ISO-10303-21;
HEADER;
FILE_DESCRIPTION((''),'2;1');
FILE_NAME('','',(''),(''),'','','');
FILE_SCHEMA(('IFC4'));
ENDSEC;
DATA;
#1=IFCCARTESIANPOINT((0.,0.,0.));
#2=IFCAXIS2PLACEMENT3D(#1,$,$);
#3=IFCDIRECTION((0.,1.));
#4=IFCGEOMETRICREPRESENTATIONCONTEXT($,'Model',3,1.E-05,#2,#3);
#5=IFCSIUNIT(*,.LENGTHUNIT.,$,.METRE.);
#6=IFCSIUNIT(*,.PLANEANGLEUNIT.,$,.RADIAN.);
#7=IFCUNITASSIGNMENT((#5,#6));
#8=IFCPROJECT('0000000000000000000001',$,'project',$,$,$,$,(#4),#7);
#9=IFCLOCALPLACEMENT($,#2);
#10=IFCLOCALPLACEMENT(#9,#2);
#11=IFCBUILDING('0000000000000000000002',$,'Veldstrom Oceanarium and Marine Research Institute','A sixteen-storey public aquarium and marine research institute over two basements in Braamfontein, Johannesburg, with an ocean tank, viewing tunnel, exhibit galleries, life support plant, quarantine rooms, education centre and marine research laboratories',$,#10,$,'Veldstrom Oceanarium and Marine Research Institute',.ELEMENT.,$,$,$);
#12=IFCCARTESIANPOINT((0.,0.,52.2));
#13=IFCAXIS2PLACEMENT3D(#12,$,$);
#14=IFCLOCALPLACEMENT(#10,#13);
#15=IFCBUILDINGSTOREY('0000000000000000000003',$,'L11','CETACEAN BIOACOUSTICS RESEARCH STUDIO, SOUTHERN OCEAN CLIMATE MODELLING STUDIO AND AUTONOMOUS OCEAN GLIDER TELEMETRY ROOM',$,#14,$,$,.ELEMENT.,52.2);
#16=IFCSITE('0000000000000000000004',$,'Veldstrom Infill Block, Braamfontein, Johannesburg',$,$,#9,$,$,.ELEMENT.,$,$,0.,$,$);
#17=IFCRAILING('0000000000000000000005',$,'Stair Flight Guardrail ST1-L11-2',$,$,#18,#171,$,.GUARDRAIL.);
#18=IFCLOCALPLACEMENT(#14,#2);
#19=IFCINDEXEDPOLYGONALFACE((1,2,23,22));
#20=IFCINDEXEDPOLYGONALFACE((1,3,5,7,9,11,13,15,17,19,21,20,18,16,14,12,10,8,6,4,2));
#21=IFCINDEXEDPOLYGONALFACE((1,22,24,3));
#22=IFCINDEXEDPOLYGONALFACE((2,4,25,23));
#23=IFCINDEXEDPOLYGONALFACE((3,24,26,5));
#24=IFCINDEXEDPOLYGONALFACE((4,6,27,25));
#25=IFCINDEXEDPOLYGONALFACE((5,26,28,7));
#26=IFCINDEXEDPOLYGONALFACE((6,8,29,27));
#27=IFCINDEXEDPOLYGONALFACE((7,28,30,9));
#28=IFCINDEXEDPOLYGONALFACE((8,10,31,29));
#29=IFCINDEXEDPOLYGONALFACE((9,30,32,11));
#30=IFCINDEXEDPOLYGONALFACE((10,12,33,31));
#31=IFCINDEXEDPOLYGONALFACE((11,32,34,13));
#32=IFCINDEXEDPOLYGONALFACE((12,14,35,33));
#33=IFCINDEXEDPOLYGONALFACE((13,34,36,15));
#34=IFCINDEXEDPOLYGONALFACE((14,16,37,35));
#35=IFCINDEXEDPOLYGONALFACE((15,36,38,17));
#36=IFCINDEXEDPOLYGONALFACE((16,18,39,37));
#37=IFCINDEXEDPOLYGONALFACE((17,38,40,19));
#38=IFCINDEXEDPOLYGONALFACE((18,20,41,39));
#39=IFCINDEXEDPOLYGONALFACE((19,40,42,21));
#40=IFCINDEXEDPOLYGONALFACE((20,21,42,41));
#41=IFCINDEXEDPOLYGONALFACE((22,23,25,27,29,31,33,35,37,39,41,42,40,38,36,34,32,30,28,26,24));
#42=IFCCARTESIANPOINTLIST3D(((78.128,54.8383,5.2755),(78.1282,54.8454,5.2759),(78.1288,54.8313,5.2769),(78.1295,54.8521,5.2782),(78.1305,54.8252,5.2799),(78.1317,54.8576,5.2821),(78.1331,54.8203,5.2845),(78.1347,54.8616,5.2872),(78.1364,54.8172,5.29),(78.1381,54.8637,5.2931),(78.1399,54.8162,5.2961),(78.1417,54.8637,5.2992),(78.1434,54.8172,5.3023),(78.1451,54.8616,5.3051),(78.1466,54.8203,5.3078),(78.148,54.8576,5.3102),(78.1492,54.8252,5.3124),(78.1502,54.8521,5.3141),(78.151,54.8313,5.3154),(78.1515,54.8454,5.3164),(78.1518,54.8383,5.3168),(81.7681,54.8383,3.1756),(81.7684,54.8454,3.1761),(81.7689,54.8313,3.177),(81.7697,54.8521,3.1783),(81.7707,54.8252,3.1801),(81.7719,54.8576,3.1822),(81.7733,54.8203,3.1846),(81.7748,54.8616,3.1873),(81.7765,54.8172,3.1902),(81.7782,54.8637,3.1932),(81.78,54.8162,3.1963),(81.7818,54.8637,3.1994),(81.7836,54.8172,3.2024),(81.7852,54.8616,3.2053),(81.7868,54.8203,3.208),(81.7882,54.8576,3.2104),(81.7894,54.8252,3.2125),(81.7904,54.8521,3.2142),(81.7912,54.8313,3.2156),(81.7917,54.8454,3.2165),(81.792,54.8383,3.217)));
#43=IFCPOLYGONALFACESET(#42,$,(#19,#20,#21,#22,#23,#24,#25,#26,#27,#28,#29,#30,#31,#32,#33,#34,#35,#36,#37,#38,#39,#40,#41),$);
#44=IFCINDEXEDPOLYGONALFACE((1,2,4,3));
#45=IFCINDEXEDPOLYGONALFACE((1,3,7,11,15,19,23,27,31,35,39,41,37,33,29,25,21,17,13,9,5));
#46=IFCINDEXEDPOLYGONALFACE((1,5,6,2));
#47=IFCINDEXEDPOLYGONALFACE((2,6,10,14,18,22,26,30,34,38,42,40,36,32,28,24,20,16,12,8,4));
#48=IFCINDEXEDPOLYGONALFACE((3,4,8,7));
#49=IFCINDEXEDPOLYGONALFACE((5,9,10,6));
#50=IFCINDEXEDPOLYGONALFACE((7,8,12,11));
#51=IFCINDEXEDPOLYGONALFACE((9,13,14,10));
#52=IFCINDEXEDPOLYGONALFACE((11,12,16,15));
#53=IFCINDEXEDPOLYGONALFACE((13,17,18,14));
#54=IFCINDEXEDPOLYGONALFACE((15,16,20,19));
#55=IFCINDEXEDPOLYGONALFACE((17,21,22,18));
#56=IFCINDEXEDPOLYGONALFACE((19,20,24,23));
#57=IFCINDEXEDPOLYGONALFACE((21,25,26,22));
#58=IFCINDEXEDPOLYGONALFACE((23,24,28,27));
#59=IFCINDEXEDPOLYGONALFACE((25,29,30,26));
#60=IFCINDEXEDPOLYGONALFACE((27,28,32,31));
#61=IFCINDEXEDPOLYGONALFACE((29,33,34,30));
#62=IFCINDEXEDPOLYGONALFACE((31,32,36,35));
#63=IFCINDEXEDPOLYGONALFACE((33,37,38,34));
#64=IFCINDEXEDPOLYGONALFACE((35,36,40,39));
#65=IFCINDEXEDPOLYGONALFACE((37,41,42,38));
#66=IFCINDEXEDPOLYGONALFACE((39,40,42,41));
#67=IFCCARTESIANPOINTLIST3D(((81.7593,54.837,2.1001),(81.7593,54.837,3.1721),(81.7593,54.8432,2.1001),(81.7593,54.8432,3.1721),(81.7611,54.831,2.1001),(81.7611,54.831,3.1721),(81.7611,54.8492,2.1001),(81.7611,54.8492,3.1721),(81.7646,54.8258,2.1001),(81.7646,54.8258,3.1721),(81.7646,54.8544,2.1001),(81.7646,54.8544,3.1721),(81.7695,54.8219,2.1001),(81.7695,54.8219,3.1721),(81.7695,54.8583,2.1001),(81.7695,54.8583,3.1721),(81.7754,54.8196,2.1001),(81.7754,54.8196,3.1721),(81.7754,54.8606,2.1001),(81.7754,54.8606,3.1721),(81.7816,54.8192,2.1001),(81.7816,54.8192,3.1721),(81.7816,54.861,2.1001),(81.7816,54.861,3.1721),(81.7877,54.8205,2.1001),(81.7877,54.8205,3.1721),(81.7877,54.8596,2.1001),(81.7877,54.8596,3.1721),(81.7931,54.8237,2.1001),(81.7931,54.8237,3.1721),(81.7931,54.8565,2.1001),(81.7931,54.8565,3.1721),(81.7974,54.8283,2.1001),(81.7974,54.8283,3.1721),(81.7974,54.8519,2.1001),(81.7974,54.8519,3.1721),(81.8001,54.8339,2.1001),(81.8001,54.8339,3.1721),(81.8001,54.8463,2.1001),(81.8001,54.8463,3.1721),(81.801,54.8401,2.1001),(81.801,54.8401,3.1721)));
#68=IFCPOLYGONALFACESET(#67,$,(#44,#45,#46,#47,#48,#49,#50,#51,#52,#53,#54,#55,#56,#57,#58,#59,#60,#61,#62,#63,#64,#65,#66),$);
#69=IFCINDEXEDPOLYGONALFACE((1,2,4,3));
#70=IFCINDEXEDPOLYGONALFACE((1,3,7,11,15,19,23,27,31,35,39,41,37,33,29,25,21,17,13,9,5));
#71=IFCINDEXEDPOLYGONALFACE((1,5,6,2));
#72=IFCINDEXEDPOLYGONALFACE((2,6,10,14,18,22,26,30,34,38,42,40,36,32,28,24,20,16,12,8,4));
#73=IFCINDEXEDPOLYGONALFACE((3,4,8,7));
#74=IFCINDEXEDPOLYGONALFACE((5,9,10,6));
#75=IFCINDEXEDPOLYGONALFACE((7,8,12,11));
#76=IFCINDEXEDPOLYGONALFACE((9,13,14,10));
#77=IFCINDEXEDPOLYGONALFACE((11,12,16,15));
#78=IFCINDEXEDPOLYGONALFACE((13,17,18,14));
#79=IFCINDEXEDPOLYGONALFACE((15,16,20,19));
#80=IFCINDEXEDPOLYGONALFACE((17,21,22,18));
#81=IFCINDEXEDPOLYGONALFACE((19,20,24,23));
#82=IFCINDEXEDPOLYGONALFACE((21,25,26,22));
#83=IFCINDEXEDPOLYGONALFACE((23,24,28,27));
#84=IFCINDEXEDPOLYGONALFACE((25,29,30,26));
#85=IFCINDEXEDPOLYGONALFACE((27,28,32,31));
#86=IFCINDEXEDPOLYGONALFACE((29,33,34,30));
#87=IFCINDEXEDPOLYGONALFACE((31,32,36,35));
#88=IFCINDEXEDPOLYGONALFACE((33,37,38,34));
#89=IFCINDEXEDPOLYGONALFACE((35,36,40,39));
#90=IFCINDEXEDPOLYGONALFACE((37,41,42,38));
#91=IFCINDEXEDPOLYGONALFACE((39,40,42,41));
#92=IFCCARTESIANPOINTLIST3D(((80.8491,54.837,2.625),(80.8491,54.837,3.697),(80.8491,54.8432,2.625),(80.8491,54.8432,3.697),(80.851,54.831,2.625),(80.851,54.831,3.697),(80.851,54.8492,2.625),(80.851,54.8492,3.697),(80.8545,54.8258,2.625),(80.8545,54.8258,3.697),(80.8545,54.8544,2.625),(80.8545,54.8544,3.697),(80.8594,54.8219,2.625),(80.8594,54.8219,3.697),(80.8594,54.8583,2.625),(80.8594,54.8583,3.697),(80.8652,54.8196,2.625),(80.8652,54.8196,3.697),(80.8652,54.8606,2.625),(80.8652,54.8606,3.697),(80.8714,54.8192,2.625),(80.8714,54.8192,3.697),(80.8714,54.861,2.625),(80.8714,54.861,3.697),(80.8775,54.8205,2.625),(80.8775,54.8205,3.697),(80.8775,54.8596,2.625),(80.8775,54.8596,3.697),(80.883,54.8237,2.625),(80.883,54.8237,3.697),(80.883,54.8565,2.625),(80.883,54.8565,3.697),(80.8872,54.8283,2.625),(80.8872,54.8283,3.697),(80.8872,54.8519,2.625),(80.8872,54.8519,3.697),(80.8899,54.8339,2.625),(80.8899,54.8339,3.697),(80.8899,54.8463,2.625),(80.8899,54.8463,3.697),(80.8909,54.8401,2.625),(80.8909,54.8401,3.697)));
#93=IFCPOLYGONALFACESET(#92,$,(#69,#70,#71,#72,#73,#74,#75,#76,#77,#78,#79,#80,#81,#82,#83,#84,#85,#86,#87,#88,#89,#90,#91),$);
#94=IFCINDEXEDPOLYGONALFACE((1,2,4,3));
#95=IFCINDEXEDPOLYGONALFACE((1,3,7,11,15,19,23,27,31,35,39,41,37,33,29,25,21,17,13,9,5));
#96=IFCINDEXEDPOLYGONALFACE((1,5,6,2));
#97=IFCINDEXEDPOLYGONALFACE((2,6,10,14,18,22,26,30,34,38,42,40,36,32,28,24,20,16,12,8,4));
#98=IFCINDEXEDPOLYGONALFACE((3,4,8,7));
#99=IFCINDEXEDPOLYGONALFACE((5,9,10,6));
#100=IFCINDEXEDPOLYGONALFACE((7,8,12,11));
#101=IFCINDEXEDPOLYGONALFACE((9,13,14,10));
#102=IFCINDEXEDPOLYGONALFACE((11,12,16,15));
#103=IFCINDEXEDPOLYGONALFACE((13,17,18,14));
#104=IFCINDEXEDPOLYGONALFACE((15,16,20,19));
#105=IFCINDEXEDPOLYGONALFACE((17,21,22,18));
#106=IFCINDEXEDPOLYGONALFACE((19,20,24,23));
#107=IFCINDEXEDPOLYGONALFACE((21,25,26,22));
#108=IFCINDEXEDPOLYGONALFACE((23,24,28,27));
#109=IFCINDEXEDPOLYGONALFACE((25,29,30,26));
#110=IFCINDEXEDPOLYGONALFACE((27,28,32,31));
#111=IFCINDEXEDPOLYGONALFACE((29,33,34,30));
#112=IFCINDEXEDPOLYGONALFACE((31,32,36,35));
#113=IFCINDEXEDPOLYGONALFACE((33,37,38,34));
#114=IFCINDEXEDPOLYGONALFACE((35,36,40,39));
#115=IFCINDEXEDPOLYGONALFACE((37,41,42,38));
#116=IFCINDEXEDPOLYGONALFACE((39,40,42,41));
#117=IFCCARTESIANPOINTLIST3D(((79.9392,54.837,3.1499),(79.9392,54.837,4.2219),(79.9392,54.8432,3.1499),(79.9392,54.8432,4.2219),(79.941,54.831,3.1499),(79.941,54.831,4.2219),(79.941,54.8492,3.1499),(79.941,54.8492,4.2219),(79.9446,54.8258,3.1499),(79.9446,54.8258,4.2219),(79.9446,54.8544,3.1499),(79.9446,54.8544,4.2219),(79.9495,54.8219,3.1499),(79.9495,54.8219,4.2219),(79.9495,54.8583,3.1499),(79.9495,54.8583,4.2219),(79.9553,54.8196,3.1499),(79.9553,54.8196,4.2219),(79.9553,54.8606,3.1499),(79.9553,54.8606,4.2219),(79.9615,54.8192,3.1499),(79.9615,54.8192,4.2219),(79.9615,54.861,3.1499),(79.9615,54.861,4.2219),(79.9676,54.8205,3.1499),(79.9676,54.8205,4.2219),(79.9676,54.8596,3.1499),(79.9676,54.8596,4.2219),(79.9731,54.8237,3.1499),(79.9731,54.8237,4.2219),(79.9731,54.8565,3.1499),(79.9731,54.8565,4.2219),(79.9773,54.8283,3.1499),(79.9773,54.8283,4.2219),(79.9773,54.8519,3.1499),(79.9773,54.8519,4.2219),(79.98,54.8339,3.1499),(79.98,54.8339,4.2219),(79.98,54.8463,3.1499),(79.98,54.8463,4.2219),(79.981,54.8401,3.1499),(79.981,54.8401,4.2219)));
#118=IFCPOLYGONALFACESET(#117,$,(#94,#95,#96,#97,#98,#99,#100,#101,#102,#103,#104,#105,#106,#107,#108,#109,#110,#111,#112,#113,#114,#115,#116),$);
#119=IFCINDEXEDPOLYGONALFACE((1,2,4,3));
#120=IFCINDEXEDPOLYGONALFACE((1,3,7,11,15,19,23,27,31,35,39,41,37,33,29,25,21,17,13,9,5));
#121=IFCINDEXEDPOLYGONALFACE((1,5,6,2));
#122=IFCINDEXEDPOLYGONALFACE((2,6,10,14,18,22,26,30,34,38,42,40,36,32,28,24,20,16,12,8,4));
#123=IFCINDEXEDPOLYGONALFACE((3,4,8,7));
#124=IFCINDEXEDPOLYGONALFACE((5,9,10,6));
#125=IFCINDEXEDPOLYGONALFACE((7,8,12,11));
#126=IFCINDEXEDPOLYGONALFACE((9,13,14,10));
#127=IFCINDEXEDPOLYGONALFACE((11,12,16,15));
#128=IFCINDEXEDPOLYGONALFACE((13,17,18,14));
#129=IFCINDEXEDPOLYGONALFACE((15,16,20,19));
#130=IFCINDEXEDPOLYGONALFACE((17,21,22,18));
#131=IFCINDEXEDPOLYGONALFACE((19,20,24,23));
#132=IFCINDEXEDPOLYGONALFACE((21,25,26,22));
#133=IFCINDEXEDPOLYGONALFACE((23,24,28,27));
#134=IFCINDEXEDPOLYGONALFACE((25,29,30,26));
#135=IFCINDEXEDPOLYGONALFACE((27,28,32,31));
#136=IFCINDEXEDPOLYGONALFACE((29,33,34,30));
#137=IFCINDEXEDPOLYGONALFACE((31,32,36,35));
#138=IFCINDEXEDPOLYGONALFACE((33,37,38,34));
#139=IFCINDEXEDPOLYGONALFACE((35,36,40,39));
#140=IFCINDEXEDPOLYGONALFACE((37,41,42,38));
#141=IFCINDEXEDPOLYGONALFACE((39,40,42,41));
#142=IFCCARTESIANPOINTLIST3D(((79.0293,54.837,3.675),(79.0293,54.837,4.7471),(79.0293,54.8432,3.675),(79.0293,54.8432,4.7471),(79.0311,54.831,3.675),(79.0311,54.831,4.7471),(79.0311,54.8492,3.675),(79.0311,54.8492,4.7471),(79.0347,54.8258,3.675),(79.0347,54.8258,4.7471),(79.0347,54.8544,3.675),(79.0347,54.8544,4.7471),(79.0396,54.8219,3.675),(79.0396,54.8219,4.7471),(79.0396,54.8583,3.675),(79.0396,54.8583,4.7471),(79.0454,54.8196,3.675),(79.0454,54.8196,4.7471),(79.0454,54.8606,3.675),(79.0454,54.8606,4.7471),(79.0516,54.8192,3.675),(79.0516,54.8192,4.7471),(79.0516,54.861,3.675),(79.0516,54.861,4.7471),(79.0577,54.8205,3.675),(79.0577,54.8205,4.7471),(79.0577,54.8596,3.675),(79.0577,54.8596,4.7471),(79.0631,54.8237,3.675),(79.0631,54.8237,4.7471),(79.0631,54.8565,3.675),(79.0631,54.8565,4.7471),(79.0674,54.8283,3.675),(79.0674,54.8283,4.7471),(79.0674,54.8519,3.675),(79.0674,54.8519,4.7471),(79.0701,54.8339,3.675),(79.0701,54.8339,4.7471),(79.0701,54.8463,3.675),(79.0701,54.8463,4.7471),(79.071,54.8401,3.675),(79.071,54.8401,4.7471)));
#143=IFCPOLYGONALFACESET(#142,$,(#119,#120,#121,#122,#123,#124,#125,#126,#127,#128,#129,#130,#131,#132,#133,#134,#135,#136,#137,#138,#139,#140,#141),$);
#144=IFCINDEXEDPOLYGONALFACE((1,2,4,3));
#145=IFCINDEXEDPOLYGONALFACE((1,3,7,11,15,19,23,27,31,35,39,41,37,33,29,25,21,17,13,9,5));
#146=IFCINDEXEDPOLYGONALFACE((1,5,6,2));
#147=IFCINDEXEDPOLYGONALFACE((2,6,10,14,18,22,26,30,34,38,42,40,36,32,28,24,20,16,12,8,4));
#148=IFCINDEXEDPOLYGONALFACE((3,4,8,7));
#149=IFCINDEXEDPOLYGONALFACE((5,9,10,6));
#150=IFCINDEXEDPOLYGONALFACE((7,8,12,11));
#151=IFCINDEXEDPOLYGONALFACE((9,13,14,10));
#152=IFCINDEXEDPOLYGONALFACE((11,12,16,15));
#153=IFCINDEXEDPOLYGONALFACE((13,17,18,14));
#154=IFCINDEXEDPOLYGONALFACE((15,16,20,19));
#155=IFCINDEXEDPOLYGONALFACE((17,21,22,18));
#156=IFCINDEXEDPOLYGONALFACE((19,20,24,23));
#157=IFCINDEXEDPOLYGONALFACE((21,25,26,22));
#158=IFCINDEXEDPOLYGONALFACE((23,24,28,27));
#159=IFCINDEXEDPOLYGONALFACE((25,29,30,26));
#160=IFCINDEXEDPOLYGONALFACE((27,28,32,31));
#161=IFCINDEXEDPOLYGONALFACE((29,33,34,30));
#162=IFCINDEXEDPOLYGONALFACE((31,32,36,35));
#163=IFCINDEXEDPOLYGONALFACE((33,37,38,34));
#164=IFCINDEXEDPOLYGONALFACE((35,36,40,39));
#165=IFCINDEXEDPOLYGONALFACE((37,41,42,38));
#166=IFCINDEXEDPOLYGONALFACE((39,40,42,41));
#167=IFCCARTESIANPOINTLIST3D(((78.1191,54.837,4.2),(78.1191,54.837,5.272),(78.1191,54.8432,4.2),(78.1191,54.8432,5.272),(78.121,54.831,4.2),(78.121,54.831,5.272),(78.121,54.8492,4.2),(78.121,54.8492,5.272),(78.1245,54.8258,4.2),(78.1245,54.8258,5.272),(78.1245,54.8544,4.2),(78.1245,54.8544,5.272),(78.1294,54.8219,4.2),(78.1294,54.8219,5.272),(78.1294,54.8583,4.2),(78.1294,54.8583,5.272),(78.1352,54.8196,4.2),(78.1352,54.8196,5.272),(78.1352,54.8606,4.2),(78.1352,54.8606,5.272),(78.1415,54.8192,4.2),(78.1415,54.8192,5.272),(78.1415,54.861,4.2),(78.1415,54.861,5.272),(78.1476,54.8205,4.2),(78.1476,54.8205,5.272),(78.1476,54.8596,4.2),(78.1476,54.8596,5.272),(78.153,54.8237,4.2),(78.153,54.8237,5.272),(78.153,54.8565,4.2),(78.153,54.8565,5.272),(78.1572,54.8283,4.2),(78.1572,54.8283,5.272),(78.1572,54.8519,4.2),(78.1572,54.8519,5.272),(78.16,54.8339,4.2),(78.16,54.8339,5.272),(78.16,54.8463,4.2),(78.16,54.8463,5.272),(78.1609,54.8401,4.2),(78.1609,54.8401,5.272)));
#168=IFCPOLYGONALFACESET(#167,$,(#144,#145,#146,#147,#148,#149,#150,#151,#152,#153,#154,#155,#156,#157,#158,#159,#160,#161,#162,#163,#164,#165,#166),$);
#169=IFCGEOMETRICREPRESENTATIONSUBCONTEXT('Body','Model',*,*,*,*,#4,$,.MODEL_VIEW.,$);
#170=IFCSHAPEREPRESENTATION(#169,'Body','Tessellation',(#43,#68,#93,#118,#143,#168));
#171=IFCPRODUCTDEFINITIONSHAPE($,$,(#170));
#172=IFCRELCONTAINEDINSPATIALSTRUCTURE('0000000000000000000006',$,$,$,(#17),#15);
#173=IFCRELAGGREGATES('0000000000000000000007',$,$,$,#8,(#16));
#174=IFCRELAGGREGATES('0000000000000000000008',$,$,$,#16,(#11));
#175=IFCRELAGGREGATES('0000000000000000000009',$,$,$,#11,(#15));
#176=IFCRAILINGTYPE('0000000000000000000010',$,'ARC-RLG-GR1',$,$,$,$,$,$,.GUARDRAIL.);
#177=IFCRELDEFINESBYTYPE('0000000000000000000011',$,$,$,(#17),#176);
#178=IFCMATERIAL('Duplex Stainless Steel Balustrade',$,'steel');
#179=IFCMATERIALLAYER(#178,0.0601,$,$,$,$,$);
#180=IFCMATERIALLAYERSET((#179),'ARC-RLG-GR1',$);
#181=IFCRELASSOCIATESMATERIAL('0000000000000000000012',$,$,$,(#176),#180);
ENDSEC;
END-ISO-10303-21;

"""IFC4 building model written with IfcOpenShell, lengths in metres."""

from ifc_helpers import new_model, si_unit, direction, frame, origin, origin_2d, place, context, subcontext, project, spatial, circle, extrude, material, layer, layer_set, type_object, element, save


model = new_model("IFC4")

# Units and contexts
model_context = context("Model", 3, precision=1e-05, world=origin(), true_north=direction((0.0, 1.0)))
body_context = subcontext(model_context, "Body", "Model", "MODEL_VIEW")
ifc_project = project(units=[si_unit("LENGTHUNIT", "METRE"), si_unit("PLANEANGLEUNIT", "RADIAN")], contexts=[model_context])

# Site, building, storey
site_placement = place(None, origin())
site = spatial("IfcSite", under=ifc_project, at=site_placement, Name="Veldstrom Infill Block, Braamfontein, Johannesburg", CompositionType="ELEMENT", RefElevation=0.0)
building_placement = place(site_placement, origin())
building = spatial("IfcBuilding", under=site, at=building_placement, Name="Veldstrom Oceanarium and Marine Research Institute", Description="A sixteen-storey public aquarium and marine research institute over two basements in Braamfontein, Johannesburg, with an ocean tank, viewing tunnel, exhibit galleries, life support plant, quarantine rooms, education centre and marine research laboratories", LongName="Veldstrom Oceanarium and Marine Research Institute", CompositionType="ELEMENT")
storey_placement = place(building_placement, frame((0.0, 0.0, 52.2)))
storey = spatial("IfcBuildingStorey", under=building, at=storey_placement, Name="L11", Description="CETACEAN BIOACOUSTICS RESEARCH STUDIO, SOUTHERN OCEAN CLIMATE MODELLING STUDIO AND AUTONOMOUS OCEAN GLIDER TELEMETRY ROOM", CompositionType="ELEMENT", Elevation=52.2)

# Railing
ifc_material_1 = material(Name="Duplex Stainless Steel Balustrade", Category="steel")
ifc_layer_1 = layer(ifc_material_1, 0.0601)
ifc_layer_set_1 = layer_set([ifc_layer_1], Name="ARC-RLG-GR1")
railing_type_1 = type_object("IfcRailingType", Name="ARC-RLG-GR1", PredefinedType="GUARDRAIL", material=ifc_layer_set_1)
railing_1_placement = place(storey_placement, frame((81.78, 54.8401, 2.1001)))
element("IfcRailing", 1, at=railing_1_placement, inside=storey, type_object=railing_type_1, Name="Stair Flight Guardrail ST1-L11-2", PredefinedType="GUARDRAIL", context=body_context, shape_type="SweptSolid", body=[
    extrude(circle(Radius=0.0239, at=origin_2d()), frame((0.0, 0.0, 1.0962), z_axis=(-0.866209, 0.0, 0.499682), x_axis=(0.0, -1.0, 0.0)), (0.0, 0.0, 1.0), 4.2024),
    extrude(circle(Radius=0.021, at=origin_2d()), origin(), (0.0, 0.0, 1.0), 1.072),
    extrude(circle(Radius=0.021, at=origin_2d()), frame((-0.9102, 0.0, 0.5249)), (0.0, 0.0, 1.0), 1.072),
    extrude(circle(Radius=0.021, at=origin_2d()), frame((-1.8201, 0.0, 1.0498)), (0.0, 0.0, 1.0), 1.072),
    extrude(circle(Radius=0.021, at=origin_2d()), frame((-2.73, 0.0, 1.575)), (0.0, 0.0, 1.0), 1.072),
    extrude(circle(Radius=0.021, at=origin_2d()), frame((-3.6401, 0.0, 2.0999)), (0.0, 0.0, 1.0), 1.072),
])

save(model, "model.ifc")
